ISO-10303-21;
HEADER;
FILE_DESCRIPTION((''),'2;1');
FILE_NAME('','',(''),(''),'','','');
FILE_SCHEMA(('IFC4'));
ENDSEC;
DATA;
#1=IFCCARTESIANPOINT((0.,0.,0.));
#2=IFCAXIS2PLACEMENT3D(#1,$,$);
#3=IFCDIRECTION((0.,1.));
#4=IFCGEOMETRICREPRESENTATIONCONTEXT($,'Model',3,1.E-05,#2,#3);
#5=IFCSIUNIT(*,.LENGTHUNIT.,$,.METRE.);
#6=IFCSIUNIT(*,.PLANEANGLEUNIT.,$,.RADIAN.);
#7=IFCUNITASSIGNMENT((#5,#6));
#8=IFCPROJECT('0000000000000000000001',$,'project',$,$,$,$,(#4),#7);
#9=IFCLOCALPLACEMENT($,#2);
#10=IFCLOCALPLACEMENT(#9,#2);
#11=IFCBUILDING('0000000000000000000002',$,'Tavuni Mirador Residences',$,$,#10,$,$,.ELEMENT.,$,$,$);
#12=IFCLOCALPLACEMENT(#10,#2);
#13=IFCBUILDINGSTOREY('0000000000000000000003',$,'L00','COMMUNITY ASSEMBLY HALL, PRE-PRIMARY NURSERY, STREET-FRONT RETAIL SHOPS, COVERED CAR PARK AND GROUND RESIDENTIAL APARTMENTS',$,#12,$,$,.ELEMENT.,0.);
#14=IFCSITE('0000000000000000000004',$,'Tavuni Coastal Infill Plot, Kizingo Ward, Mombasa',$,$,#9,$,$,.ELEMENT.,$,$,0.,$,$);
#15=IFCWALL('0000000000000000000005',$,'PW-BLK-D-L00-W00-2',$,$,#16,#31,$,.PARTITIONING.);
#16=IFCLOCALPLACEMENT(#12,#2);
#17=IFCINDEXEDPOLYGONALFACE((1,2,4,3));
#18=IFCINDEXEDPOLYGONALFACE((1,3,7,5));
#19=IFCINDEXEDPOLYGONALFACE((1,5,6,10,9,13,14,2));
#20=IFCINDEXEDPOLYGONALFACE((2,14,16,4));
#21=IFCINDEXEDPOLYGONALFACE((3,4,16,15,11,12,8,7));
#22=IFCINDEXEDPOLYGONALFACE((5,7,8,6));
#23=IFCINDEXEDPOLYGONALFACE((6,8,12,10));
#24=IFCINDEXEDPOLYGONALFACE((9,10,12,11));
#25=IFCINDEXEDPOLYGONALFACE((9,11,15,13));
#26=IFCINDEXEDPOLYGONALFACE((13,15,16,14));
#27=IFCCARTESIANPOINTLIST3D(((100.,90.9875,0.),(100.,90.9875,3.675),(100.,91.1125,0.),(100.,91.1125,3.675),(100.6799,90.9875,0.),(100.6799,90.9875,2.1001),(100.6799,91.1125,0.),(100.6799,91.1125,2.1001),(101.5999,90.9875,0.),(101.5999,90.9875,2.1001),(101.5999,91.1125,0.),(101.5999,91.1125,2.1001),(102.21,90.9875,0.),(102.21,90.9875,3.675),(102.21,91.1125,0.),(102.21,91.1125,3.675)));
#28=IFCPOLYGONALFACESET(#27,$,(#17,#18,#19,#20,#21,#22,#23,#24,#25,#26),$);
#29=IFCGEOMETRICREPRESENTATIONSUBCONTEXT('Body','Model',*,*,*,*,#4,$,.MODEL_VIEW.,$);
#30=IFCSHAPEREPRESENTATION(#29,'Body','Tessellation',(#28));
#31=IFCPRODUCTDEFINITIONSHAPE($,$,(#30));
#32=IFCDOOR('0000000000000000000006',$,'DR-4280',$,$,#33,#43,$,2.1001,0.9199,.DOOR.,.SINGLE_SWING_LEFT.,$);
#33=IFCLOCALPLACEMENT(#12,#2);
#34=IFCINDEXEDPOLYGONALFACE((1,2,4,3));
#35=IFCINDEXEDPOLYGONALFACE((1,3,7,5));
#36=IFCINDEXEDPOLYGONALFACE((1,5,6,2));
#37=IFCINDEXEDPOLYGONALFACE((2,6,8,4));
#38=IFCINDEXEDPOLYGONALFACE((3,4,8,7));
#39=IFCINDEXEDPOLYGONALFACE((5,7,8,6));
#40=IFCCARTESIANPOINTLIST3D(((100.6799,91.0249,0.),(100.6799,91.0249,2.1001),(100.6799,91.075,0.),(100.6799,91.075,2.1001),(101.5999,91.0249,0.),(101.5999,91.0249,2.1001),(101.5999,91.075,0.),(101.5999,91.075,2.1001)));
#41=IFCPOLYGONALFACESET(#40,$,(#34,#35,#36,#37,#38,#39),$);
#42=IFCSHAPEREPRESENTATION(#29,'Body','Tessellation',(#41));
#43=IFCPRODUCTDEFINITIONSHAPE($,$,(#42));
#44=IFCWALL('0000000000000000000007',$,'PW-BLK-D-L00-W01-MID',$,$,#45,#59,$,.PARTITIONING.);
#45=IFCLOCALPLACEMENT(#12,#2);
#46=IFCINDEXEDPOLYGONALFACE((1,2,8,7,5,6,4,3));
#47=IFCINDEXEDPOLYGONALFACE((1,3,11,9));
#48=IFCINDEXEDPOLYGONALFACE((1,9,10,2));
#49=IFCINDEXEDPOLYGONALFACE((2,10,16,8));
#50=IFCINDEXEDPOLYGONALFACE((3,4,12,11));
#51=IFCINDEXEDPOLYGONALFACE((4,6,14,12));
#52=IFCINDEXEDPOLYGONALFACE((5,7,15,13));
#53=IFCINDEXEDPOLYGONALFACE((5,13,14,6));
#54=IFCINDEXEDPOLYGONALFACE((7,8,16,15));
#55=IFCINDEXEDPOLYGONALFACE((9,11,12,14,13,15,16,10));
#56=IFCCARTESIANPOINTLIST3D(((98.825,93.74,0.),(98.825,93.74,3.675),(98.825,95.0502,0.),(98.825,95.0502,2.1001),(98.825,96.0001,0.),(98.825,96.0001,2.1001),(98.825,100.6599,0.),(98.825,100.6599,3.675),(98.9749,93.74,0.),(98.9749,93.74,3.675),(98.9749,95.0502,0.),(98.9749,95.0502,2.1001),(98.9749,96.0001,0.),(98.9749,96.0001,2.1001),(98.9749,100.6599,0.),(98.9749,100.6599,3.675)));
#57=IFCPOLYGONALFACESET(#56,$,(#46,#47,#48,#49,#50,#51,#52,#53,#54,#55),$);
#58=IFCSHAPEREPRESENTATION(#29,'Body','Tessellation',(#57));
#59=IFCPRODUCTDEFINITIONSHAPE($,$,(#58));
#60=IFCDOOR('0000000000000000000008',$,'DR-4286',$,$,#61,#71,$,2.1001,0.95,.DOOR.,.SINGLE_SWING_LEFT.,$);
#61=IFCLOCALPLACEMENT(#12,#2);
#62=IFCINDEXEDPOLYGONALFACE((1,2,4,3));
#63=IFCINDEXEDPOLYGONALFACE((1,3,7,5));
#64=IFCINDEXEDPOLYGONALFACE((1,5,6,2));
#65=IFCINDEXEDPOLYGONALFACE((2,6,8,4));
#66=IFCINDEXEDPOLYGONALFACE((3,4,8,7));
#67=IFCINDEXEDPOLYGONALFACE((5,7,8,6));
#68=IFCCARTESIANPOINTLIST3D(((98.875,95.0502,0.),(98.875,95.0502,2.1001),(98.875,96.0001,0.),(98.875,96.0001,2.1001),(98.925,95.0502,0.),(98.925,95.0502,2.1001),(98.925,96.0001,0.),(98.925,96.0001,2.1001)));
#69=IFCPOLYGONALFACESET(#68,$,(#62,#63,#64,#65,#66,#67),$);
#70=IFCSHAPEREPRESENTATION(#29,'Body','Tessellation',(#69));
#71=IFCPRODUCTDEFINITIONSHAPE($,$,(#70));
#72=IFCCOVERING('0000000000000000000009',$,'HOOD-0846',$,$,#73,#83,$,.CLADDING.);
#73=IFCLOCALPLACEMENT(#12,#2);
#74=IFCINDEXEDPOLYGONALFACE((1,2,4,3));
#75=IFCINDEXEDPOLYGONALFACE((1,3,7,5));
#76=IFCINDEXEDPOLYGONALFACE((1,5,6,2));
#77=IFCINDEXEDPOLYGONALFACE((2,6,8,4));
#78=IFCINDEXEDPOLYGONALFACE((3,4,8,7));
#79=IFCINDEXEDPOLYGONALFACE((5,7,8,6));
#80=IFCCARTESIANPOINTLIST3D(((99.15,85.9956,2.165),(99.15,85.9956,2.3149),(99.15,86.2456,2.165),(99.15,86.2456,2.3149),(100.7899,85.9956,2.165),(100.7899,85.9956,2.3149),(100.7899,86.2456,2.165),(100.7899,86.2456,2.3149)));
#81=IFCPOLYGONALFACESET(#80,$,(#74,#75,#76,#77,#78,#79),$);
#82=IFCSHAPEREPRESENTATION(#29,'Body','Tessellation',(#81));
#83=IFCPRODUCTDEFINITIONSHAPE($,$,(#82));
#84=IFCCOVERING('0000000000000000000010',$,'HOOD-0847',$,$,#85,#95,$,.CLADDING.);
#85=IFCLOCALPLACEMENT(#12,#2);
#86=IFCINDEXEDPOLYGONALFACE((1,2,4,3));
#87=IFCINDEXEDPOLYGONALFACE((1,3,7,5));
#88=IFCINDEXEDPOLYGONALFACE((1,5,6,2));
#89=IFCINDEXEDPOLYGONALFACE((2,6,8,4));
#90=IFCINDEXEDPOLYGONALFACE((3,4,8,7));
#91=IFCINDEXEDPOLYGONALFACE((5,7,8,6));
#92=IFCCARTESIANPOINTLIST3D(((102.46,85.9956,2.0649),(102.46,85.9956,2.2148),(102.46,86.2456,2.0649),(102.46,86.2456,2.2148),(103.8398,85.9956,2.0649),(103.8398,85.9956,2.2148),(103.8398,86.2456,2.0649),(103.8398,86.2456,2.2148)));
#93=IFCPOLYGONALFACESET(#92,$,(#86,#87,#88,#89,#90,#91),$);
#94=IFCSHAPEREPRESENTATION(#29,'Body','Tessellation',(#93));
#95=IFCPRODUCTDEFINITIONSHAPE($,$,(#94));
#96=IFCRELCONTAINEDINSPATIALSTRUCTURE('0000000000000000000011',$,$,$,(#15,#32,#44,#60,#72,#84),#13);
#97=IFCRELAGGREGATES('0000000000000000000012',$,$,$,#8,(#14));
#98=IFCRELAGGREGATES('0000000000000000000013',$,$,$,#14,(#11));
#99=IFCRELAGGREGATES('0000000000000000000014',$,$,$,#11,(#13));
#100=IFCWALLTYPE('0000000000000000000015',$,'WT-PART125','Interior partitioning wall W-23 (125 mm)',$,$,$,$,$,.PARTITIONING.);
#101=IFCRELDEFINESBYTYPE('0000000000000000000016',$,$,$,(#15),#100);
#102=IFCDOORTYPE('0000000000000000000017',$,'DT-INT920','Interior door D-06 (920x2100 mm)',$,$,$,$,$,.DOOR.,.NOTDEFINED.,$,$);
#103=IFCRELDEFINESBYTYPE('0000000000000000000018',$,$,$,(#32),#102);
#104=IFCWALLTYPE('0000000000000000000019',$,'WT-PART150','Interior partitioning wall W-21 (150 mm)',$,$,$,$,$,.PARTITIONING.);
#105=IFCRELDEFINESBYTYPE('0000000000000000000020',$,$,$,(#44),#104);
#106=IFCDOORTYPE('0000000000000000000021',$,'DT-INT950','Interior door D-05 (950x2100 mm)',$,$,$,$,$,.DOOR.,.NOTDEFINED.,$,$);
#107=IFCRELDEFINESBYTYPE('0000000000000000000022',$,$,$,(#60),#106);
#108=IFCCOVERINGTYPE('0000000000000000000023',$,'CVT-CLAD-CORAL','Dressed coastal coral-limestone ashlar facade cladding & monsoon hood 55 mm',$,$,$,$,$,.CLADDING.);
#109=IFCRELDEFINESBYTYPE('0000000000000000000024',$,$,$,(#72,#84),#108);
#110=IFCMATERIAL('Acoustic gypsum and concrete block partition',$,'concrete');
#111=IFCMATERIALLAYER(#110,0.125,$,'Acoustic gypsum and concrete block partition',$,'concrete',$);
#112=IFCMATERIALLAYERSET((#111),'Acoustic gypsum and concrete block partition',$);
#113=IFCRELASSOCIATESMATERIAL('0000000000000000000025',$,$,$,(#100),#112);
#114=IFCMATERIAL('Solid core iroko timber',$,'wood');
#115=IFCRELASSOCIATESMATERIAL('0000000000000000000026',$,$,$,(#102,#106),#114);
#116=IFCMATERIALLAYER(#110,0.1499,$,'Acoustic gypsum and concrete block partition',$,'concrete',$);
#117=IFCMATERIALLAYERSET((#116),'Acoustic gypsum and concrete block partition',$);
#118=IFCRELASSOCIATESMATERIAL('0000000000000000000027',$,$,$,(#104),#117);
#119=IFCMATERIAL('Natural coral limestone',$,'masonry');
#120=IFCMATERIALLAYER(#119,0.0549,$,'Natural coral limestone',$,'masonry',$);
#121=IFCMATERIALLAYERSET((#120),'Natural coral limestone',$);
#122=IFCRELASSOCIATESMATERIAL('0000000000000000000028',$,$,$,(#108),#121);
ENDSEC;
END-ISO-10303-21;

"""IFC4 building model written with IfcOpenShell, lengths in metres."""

from ifc_helpers import new_model, si_unit, direction, frame, frame_2d, origin, origin_2d, place, context, subcontext, project, spatial, rectangle, extrude, material, layer, layer_set, type_object, element, fill, save


model = new_model("IFC4")

# Units and contexts
model_context = context("Model", 3, precision=1e-05, world=origin(), true_north=direction((0.0, 1.0)))
body_context = subcontext(model_context, "Body", "Model", "MODEL_VIEW")
ifc_project = project(units=[si_unit("LENGTHUNIT", "METRE"), si_unit("PLANEANGLEUNIT", "RADIAN")], contexts=[model_context])

# Site, building, storey
site_placement = place(None, origin())
site = spatial("IfcSite", under=ifc_project, at=site_placement, Name="Tavuni Coastal Infill Plot, Kizingo Ward, Mombasa", CompositionType="ELEMENT", RefElevation=0.0)
building_placement = place(site_placement, origin())
building = spatial("IfcBuilding", under=site, at=building_placement, Name="Tavuni Mirador Residences", CompositionType="ELEMENT")
storey_placement = place(building_placement, origin())
storey = spatial("IfcBuildingStorey", under=building, at=storey_placement, Name="L00", Description="COMMUNITY ASSEMBLY HALL, PRE-PRIMARY NURSERY, STREET-FRONT RETAIL SHOPS, COVERED CAR PARK AND GROUND RESIDENTIAL APARTMENTS", CompositionType="ELEMENT", Elevation=0.0)

# Shared definitions
ifc_material_1 = material(Name="Solid core iroko timber", Category="wood")

# Shared definitions
ifc_material_2 = material(Name="Acoustic gypsum and concrete block partition", Category="concrete")

# Walls, openings, doors
ifc_layer_1 = layer(ifc_material_2, 0.125, Name="Acoustic gypsum and concrete block partition", Category="concrete")
ifc_layer_set_1 = layer_set([ifc_layer_1], Name="Acoustic gypsum and concrete block partition")
wall_type_1 = type_object("IfcWallType", Name="WT-PART125", Description="Interior partitioning wall W-23 (125 mm)", PredefinedType="PARTITIONING", material=ifc_layer_set_1)
wall_1_placement = place(storey_placement, frame((100.0, 91.05, 0.0), z_axis=(0.0, 0.0, 1.0), x_axis=(1.0, 0.0, 0.0)))
wall_1 = element("IfcWall", 1, at=wall_1_placement, inside=storey, type_object=wall_type_1, Name="PW-BLK-D-L00-W00-2", PredefinedType="PARTITIONING", context=body_context, shape_type="SweptSolid", body=[
    extrude(rectangle(XDim=2.21, YDim=0.125, at=frame_2d((1.105, 0.0))), origin(), (0.0, 0.0, 1.0), 3.675),
])
opening_1_placement = place(wall_1_placement, frame((0.6799, 0.0, 0.0)))
opening_1 = element("IfcOpeningElement", 2, at=opening_1_placement, cuts=wall_1, PredefinedType="OPENING", context=body_context, shape_type="SweptSolid", body=[
    extrude(rectangle(XDim=0.9199, YDim=2.1001, at=frame_2d((0.46, 1.05))), frame((0.0, 0.0725, 0.0), z_axis=(0.0, -1.0, 0.0), x_axis=(1.0, 0.0, 0.0)), (0.0, 0.0, 1.0), 0.145),
])
door_type_1 = type_object("IfcDoorType", Name="DT-INT920", Description="Interior door D-06 (920x2100 mm)", OperationType="NOTDEFINED", PredefinedType="DOOR", material=ifc_material_1)
door_1_placement = place(opening_1_placement, origin())
door_1 = element("IfcDoor", 3, at=door_1_placement, inside=storey, type_object=door_type_1, Name="DR-4280", OperationType="SINGLE_SWING_LEFT", OverallHeight=2.1001, OverallWidth=0.9199, PredefinedType="DOOR", context=body_context, shape_type="SweptSolid", body=[
    extrude(rectangle(XDim=0.9199, YDim=2.1001, at=frame_2d((0.46, 1.05))), frame((0.0, 0.0249, 0.0), z_axis=(0.0, -1.0, 0.0), x_axis=(1.0, 0.0, 0.0)), (0.0, 0.0, 1.0), 0.05),
])
fill(opening_1, door_1)
ifc_layer_2 = layer(ifc_material_2, 0.1499, Name="Acoustic gypsum and concrete block partition", Category="concrete")
ifc_layer_set_2 = layer_set([ifc_layer_2], Name="Acoustic gypsum and concrete block partition")
wall_type_2 = type_object("IfcWallType", Name="WT-PART150", Description="Interior partitioning wall W-21 (150 mm)", PredefinedType="PARTITIONING", material=ifc_layer_set_2)
wall_2_placement = place(storey_placement, frame((98.8999, 93.74, 0.0), z_axis=(0.0, 0.0, 1.0), x_axis=(0.0, 1.0, 0.0)))
wall_2 = element("IfcWall", 4, at=wall_2_placement, inside=storey, type_object=wall_type_2, Name="PW-BLK-D-L00-W01-MID", PredefinedType="PARTITIONING", context=body_context, shape_type="SweptSolid", body=[
    extrude(rectangle(XDim=6.9199, YDim=0.1499, at=frame_2d((3.46, 0.0))), origin(), (0.0, 0.0, 1.0), 3.675),
])
opening_2_placement = place(wall_2_placement, frame((1.3101, 0.0, 0.0)))
opening_2 = element("IfcOpeningElement", 5, at=opening_2_placement, cuts=wall_2, PredefinedType="OPENING", context=body_context, shape_type="SweptSolid", body=[
    extrude(rectangle(XDim=0.95, YDim=2.1001, at=frame_2d((0.4751, 1.05))), frame((0.0, 0.085, 0.0), z_axis=(0.0, -1.0, 0.0), x_axis=(1.0, 0.0, 0.0)), (0.0, 0.0, 1.0), 0.1699),
])
door_type_2 = type_object("IfcDoorType", Name="DT-INT950", Description="Interior door D-05 (950x2100 mm)", OperationType="NOTDEFINED", PredefinedType="DOOR", material=ifc_material_1)
door_2_placement = place(opening_2_placement, origin())
door_2 = element("IfcDoor", 6, at=door_2_placement, inside=storey, type_object=door_type_2, Name="DR-4286", OperationType="SINGLE_SWING_LEFT", OverallHeight=2.1001, OverallWidth=0.95, PredefinedType="DOOR", context=body_context, shape_type="SweptSolid", body=[
    extrude(rectangle(XDim=0.95, YDim=2.1001, at=frame_2d((0.4751, 1.05))), frame((0.0, 0.0249, 0.0), z_axis=(0.0, -1.0, 0.0), x_axis=(1.0, 0.0, 0.0)), (0.0, 0.0, 1.0), 0.05),
])
fill(opening_2, door_2)

# Coverings
ifc_material_3 = material(Name="Natural coral limestone", Category="masonry")
ifc_layer_3 = layer(ifc_material_3, 0.0549, Name="Natural coral limestone", Category="masonry")
ifc_layer_set_3 = layer_set([ifc_layer_3], Name="Natural coral limestone")
covering_type = type_object("IfcCoveringType", Name="CVT-CLAD-CORAL", Description="Dressed coastal coral-limestone ashlar facade cladding & monsoon hood 55 mm", PredefinedType="CLADDING", material=ifc_layer_set_3)
covering_1_placement = place(storey_placement, frame((99.97, 86.1206, 2.165), z_axis=(0.0, 0.0, 1.0), x_axis=(1.0, 0.0, 0.0)))
element("IfcCovering", 7, at=covering_1_placement, inside=storey, type_object=covering_type, Name="HOOD-0846", PredefinedType="CLADDING", context=body_context, shape_type="SweptSolid", body=[
    extrude(rectangle(XDim=1.6399, YDim=0.25, at=origin_2d()), origin(), (0.0, 0.0, 1.0), 0.1499),
])
covering_2_placement = place(storey_placement, frame((103.1499, 86.1206, 2.0649), z_axis=(0.0, 0.0, 1.0), x_axis=(1.0, 0.0, 0.0)))
element("IfcCovering", 8, at=covering_2_placement, inside=storey, type_object=covering_type, Name="HOOD-0847", PredefinedType="CLADDING", context=body_context, shape_type="SweptSolid", body=[
    extrude(rectangle(XDim=1.3799, YDim=0.25, at=origin_2d()), origin(), (0.0, 0.0, 1.0), 0.1499),
])

save(model, "model.ifc")
